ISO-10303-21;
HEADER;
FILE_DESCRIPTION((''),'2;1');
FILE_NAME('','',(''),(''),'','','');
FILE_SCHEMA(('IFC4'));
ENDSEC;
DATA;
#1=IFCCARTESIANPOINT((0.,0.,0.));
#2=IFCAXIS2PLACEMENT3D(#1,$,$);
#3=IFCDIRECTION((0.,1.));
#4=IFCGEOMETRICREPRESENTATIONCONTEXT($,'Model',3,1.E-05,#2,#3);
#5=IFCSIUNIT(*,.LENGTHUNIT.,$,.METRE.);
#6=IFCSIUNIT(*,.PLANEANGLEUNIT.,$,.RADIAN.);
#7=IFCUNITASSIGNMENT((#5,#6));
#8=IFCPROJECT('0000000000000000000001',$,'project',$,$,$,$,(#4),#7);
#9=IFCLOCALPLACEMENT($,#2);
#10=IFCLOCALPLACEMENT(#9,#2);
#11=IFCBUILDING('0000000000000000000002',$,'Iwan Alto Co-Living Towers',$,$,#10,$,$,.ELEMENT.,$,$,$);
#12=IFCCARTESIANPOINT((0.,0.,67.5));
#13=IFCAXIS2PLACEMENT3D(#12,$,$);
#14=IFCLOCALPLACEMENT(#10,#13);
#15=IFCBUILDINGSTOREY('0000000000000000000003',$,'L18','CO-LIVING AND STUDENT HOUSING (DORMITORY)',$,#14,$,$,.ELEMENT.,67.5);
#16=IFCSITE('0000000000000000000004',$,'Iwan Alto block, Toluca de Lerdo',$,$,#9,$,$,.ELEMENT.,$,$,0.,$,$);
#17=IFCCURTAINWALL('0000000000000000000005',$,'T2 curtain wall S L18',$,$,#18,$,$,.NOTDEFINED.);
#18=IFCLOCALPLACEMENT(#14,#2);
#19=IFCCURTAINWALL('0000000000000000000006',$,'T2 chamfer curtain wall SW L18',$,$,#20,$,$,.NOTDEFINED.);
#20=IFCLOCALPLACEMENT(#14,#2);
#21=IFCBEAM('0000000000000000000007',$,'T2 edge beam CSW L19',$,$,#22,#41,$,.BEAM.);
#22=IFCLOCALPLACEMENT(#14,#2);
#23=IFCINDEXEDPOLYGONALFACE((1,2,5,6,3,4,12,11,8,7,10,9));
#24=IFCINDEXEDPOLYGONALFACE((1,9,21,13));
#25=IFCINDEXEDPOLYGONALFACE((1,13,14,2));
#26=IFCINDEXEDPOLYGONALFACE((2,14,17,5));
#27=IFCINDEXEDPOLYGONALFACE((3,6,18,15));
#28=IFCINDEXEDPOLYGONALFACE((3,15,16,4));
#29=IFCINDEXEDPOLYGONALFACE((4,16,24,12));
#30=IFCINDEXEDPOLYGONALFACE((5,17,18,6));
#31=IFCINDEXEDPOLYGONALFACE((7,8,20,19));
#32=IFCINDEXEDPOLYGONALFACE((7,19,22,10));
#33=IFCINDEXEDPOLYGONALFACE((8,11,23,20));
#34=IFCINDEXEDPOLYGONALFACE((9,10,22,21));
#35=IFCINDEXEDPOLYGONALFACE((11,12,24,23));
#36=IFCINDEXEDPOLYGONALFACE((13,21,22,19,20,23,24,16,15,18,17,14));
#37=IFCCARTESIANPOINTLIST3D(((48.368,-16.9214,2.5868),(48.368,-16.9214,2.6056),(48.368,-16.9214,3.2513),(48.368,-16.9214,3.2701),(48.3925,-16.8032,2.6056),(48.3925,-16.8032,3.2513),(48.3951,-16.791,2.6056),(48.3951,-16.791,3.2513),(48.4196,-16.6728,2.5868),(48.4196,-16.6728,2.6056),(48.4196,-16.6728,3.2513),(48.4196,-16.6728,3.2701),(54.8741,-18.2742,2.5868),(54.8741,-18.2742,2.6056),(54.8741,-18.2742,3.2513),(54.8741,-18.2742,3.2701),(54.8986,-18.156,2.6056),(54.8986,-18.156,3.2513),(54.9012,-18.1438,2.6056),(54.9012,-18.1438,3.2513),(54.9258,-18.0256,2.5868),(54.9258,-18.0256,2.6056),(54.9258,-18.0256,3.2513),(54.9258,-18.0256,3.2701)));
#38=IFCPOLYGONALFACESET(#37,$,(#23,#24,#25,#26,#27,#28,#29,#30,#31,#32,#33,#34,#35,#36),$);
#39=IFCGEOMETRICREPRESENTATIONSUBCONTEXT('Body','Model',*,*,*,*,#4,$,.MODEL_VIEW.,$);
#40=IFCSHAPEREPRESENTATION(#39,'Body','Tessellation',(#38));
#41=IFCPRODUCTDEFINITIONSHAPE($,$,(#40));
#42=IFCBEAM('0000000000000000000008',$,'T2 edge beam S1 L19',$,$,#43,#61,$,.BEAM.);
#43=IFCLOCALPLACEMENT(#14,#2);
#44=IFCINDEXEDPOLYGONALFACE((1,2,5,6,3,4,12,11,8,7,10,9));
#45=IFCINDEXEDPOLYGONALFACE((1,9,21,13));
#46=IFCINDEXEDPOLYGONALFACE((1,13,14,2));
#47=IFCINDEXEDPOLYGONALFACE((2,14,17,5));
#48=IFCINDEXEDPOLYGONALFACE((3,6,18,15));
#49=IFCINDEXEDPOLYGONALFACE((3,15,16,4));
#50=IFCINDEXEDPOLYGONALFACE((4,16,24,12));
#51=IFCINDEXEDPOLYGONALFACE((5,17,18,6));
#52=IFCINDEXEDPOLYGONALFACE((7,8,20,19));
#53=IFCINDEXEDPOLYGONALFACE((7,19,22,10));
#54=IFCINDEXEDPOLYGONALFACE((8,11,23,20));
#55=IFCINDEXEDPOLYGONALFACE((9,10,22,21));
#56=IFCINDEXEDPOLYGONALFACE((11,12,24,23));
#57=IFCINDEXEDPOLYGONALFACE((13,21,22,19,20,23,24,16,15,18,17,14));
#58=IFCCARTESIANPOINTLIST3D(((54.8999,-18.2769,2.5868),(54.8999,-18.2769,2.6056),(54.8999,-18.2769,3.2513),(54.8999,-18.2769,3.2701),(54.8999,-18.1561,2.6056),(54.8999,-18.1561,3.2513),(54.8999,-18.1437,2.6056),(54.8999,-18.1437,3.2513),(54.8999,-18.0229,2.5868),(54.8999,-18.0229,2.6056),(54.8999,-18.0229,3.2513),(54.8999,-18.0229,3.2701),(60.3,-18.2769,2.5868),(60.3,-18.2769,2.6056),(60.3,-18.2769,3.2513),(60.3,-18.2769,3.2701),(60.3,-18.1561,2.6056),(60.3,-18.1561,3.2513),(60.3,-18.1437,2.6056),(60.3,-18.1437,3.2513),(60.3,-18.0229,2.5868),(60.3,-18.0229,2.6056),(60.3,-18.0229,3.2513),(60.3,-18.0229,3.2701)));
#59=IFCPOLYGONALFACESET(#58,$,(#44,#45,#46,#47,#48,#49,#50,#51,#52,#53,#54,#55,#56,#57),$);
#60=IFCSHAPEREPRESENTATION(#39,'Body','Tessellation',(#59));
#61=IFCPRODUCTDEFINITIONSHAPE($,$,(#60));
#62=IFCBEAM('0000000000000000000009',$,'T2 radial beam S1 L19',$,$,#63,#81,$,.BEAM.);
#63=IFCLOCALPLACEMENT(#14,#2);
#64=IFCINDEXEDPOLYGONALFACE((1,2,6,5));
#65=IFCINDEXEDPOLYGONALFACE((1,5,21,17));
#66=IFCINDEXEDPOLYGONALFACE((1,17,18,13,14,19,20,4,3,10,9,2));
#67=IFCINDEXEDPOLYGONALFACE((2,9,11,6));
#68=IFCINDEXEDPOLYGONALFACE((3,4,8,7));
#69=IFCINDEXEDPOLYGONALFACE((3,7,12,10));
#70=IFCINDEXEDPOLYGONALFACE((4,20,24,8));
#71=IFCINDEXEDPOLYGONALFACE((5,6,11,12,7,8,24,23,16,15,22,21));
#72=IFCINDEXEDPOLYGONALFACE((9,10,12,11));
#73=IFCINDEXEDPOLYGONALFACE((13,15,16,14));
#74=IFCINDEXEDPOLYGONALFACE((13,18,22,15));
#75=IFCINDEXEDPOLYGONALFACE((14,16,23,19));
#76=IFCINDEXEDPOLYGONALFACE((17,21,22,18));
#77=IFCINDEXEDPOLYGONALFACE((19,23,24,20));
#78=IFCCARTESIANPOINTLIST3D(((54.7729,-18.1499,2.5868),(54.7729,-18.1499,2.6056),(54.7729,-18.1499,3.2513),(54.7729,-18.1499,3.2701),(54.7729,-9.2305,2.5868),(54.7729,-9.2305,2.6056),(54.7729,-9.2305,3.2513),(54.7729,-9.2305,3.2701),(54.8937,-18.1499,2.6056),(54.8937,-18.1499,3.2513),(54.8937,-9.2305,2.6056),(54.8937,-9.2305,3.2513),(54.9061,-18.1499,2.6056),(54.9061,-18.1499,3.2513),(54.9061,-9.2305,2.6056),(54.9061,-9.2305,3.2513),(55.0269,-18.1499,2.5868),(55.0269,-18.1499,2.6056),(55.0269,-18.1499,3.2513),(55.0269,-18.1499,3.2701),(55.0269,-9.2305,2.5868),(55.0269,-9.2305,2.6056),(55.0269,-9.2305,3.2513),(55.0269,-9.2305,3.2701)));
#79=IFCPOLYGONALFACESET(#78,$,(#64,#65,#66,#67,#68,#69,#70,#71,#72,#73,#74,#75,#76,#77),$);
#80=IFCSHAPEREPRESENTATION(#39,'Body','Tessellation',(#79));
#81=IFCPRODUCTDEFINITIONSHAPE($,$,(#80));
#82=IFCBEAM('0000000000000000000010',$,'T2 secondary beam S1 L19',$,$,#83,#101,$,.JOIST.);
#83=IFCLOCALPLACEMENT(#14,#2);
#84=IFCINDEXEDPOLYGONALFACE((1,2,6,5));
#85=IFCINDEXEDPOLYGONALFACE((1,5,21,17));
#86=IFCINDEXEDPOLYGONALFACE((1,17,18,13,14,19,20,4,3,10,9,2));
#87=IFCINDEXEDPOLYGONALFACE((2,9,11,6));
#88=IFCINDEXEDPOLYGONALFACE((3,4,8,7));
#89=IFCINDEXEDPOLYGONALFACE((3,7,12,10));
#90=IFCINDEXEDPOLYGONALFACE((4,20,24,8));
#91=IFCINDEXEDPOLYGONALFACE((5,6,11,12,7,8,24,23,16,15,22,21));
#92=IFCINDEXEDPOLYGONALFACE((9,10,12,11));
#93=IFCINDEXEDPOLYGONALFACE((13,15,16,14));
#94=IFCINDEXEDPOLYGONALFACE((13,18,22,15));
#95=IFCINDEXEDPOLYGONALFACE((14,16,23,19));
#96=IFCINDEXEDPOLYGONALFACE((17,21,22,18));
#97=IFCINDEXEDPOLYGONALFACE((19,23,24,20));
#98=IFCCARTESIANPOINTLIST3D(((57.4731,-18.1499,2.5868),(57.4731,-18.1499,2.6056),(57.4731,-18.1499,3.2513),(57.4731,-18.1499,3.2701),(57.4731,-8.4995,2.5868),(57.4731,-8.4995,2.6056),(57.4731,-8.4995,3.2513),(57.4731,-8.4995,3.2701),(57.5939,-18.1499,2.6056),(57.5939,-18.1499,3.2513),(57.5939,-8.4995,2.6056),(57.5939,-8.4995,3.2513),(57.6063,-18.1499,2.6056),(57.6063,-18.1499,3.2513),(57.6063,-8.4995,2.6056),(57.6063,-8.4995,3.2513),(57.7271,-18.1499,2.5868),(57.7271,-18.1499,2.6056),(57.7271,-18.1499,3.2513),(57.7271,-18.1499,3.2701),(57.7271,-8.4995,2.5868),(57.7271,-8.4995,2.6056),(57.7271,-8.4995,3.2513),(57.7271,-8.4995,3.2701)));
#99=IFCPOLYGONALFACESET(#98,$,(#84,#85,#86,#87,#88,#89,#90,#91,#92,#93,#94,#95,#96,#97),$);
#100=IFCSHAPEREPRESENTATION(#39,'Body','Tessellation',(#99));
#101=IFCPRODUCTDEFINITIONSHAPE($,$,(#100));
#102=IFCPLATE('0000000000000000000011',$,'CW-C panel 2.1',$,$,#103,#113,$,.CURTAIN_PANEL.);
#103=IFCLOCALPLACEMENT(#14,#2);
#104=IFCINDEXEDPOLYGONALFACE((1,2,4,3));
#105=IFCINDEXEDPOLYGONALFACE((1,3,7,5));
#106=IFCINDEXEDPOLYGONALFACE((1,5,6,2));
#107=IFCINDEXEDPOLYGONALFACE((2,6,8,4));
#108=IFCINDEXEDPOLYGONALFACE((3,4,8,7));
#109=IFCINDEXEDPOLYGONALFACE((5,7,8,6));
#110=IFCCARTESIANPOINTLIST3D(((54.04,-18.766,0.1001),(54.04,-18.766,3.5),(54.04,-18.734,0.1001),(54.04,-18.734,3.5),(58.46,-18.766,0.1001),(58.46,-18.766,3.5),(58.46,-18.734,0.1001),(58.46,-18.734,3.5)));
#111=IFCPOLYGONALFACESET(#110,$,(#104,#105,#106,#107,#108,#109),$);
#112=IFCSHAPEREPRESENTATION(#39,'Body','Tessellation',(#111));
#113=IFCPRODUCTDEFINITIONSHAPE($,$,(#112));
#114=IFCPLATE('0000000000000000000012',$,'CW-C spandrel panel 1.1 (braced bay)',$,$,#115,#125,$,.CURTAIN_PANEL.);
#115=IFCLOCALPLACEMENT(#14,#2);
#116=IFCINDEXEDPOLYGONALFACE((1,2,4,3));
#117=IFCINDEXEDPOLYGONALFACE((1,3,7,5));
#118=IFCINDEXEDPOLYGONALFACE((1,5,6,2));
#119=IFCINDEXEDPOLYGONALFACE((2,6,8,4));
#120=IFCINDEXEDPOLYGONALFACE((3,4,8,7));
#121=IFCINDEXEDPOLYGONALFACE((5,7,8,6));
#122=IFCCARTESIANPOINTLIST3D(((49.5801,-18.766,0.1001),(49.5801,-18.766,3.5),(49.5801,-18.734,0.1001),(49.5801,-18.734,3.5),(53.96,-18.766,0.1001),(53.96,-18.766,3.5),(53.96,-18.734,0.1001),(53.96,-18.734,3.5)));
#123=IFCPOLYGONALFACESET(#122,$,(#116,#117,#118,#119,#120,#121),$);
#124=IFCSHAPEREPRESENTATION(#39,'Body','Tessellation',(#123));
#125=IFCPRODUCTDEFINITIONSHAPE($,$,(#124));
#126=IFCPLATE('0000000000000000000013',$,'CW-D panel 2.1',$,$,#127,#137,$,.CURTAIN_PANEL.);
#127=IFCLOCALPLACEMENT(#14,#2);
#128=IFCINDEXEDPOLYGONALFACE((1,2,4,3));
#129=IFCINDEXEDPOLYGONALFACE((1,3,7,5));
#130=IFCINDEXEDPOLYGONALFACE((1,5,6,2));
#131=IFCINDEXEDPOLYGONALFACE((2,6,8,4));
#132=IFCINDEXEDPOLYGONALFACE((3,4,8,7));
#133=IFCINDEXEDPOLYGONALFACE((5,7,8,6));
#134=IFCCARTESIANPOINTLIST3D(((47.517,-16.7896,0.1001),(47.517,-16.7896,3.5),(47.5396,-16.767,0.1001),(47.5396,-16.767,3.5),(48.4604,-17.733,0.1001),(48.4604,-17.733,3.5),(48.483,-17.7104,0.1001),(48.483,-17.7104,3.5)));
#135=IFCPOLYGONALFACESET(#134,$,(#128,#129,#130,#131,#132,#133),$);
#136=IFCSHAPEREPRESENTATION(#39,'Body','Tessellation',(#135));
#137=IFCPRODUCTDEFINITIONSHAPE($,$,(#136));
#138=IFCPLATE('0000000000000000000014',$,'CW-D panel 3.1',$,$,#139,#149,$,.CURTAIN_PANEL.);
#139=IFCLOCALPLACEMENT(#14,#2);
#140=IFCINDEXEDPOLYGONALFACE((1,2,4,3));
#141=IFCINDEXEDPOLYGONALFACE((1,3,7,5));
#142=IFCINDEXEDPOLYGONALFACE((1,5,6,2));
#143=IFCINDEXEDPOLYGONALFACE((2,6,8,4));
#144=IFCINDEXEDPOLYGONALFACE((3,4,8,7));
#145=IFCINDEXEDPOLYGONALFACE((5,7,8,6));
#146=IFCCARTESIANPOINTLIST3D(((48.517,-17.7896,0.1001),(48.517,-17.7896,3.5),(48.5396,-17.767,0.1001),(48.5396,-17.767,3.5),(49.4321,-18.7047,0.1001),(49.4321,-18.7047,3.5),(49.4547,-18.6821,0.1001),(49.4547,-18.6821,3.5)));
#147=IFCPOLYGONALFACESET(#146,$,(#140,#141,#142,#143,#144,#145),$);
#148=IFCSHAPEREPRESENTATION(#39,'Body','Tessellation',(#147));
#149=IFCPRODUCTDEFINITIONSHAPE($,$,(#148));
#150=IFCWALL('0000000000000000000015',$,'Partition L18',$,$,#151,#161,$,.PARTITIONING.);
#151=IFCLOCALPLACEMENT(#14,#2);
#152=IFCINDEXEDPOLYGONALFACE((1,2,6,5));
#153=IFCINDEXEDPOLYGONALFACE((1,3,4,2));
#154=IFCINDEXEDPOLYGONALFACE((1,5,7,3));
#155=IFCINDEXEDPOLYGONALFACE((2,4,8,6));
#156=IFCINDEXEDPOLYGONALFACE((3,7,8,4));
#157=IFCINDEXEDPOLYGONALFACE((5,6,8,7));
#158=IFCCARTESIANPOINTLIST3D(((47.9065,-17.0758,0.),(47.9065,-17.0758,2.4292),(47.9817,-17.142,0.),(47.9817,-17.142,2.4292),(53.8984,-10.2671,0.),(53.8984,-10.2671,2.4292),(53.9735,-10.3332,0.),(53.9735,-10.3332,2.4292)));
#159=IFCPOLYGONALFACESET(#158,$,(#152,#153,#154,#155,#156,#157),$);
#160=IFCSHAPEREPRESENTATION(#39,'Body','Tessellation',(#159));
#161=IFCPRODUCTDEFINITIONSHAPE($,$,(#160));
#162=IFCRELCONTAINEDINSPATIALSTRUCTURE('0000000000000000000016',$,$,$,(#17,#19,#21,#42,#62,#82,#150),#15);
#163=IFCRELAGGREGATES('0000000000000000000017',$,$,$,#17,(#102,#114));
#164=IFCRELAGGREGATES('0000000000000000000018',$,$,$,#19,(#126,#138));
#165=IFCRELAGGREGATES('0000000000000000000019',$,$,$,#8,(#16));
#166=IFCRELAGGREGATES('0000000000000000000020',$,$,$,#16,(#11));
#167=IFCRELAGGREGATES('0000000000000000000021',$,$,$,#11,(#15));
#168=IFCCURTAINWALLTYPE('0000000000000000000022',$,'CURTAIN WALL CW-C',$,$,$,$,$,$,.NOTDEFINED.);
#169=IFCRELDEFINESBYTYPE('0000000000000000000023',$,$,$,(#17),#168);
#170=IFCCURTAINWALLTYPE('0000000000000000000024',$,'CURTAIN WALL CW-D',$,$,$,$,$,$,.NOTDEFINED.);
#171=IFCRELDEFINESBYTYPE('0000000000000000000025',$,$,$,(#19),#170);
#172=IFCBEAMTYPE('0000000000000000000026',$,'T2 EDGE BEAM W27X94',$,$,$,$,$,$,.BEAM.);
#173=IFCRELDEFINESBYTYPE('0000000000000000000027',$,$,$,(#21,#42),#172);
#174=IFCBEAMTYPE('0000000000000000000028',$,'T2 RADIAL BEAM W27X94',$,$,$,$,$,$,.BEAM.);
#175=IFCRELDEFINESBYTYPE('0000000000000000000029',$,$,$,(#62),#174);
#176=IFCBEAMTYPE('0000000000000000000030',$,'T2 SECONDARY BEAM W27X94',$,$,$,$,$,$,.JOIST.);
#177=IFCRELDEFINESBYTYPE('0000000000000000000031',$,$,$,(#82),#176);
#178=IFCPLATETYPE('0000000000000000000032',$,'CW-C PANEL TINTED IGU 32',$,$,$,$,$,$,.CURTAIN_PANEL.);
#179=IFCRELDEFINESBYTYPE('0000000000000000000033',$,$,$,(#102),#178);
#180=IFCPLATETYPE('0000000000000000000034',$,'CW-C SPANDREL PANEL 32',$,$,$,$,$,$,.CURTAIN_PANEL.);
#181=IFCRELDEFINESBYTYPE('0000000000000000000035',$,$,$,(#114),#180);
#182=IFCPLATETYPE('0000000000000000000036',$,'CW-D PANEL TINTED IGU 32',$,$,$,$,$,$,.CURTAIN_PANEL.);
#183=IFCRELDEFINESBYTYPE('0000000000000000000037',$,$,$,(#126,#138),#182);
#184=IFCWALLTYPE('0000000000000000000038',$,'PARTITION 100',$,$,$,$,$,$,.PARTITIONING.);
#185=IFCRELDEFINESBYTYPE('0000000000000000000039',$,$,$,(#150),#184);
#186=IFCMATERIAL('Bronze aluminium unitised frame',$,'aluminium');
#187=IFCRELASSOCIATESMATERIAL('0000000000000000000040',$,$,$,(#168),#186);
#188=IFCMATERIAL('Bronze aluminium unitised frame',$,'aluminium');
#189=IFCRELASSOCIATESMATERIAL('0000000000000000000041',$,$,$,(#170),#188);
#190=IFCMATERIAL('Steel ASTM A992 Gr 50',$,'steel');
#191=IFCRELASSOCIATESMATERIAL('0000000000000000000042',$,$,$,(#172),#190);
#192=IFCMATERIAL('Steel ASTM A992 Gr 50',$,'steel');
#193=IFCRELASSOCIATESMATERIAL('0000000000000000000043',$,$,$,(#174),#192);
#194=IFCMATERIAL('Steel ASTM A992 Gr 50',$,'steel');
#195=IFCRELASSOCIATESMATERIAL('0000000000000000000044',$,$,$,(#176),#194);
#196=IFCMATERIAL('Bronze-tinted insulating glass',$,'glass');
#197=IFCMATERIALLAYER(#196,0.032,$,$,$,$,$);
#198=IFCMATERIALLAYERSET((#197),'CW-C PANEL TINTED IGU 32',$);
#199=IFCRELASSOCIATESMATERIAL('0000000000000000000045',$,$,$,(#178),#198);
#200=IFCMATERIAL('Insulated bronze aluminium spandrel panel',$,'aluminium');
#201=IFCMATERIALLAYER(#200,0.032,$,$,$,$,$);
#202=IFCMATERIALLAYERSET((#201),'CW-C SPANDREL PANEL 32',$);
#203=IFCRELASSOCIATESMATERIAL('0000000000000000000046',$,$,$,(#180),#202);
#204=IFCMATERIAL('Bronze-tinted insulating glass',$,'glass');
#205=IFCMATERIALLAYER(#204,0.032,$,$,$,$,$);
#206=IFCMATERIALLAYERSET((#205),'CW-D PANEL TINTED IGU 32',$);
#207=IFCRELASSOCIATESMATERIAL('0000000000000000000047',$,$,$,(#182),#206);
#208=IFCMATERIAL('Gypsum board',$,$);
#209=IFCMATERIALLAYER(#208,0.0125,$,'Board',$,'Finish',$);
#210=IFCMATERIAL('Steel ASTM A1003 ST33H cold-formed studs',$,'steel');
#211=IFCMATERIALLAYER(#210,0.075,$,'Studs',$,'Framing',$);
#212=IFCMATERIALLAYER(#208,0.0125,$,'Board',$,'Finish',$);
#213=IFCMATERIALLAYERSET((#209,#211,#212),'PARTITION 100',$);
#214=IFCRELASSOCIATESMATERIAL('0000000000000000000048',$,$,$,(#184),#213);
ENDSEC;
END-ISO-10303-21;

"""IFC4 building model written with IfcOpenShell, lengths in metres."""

from ifc_helpers import new_model, si_unit, direction, frame, frame_2d, origin, origin_2d, place, context, subcontext, project, spatial, rectangle, i_section, extrude, material, layer, layer_set, material_profile, profile_set, type_object, element, aggregate, save


model = new_model("IFC4")

# Units and contexts
model_context = context("Model", 3, precision=1e-05, world=origin(), true_north=direction((0.0, 1.0)))
body_context = subcontext(model_context, "Body", "Model", "MODEL_VIEW")
ifc_project = project(units=[si_unit("LENGTHUNIT", "METRE"), si_unit("PLANEANGLEUNIT", "RADIAN")], contexts=[model_context])

# Site, building, storey
site_placement = place(None, origin())
site = spatial("IfcSite", under=ifc_project, at=site_placement, Name="Iwan Alto block, Toluca de Lerdo", CompositionType="ELEMENT", RefElevation=0.0)
building_placement = place(site_placement, origin())
building = spatial("IfcBuilding", under=site, at=building_placement, Name="Iwan Alto Co-Living Towers", CompositionType="ELEMENT")
storey_placement = place(building_placement, frame((0.0, 0.0, 67.5)))
storey = spatial("IfcBuildingStorey", under=building, at=storey_placement, Name="L18", Description="CO-LIVING AND STUDENT HOUSING (DORMITORY)", CompositionType="ELEMENT", Elevation=67.5)

# Curtain walls
ifc_material_1 = material(Name="Bronze aluminium unitised frame", Category="aluminium")
curtain_wall_type_1 = type_object("IfcCurtainWallType", Name="CURTAIN WALL CW-C", PredefinedType="NOTDEFINED", material=ifc_material_1)
curtain_wall_1_placement = place(storey_placement, origin())
curtain_wall_1 = element("IfcCurtainWall", 1, at=curtain_wall_1_placement, inside=storey, type_object=curtain_wall_type_1, Name="T2 curtain wall S L18", PredefinedType="NOTDEFINED")
ifc_material_2 = material(Name="Bronze aluminium unitised frame", Category="aluminium")
curtain_wall_type_2 = type_object("IfcCurtainWallType", Name="CURTAIN WALL CW-D", PredefinedType="NOTDEFINED", material=ifc_material_2)
curtain_wall_2_placement = place(storey_placement, origin())
curtain_wall_2 = element("IfcCurtainWall", 2, at=curtain_wall_2_placement, inside=storey, type_object=curtain_wall_type_2, Name="T2 chamfer curtain wall SW L18", PredefinedType="NOTDEFINED")

# Beams
ifc_material_3 = material(Name="Steel ASTM A992 Gr 50", Category="steel")
ifc_material_profile_1 = material_profile(ifc_material_3, i_section(OverallWidth=0.2539, OverallDepth=0.6833, WebThickness=0.0125, FlangeThickness=0.0188, at=origin_2d()), Name="W27X94")
ifc_profile_set_1 = profile_set([ifc_material_profile_1], Name="Steel ASTM A992 Gr 50")
beam_type_1 = type_object("IfcBeamType", Name="T2 EDGE BEAM W27X94", PredefinedType="BEAM", material=ifc_profile_set_1)
beam_1_placement = place(storey_placement, frame((48.3938, -16.7971, 2.9285), z_axis=(0.97906, -0.203571, 0.0), x_axis=(0.203571, 0.97906, 0.0)))
element("IfcBeam", 3, at=beam_1_placement, inside=storey, type_object=beam_type_1, Name="T2 edge beam CSW L19", PredefinedType="BEAM", context=body_context, shape_type="SweptSolid", body=[
    extrude(i_section(OverallWidth=0.2539, OverallDepth=0.6833, WebThickness=0.0125, FlangeThickness=0.0188, at=origin_2d()), origin(), (0.0, 0.0, 1.0), 6.6453),
])
beam_2_placement = place(storey_placement, frame((54.8999, -18.1499, 2.9285), z_axis=(1.0, 0.0, 0.0), x_axis=(0.0, 1.0, 0.0)))
element("IfcBeam", 4, at=beam_2_placement, inside=storey, type_object=beam_type_1, Name="T2 edge beam S1 L19", PredefinedType="BEAM", context=body_context, shape_type="SweptSolid", body=[
    extrude(i_section(OverallWidth=0.2539, OverallDepth=0.6833, WebThickness=0.0125, FlangeThickness=0.0188, at=origin_2d()), origin(), (0.0, 0.0, 1.0), 5.4001),
])
ifc_material_4 = material(Name="Steel ASTM A992 Gr 50", Category="steel")
ifc_material_profile_2 = material_profile(ifc_material_4, i_section(OverallWidth=0.2539, OverallDepth=0.6833, WebThickness=0.0125, FlangeThickness=0.0188, at=origin_2d()), Name="W27X94")
ifc_profile_set_2 = profile_set([ifc_material_profile_2], Name="Steel ASTM A992 Gr 50")
beam_type_2 = type_object("IfcBeamType", Name="T2 RADIAL BEAM W27X94", PredefinedType="BEAM", material=ifc_profile_set_2)
beam_3_placement = place(storey_placement, frame((54.8999, -18.1499, 2.9285), z_axis=(0.0, 1.0, 0.0), x_axis=(-1.0, 0.0, 0.0)))
element("IfcBeam", 5, at=beam_3_placement, inside=storey, type_object=beam_type_2, Name="T2 radial beam S1 L19", PredefinedType="BEAM", context=body_context, shape_type="SweptSolid", body=[
    extrude(i_section(OverallWidth=0.2539, OverallDepth=0.6833, WebThickness=0.0125, FlangeThickness=0.0188, at=origin_2d()), origin(), (0.0, 0.0, 1.0), 8.9194),
])
ifc_material_5 = material(Name="Steel ASTM A992 Gr 50", Category="steel")
ifc_material_profile_3 = material_profile(ifc_material_5, i_section(OverallWidth=0.2539, OverallDepth=0.6833, WebThickness=0.0125, FlangeThickness=0.0188, at=origin_2d()), Name="W27X94")
ifc_profile_set_3 = profile_set([ifc_material_profile_3], Name="Steel ASTM A992 Gr 50")
beam_type_3 = type_object("IfcBeamType", Name="T2 SECONDARY BEAM W27X94", PredefinedType="JOIST", material=ifc_profile_set_3)
beam_4_placement = place(storey_placement, frame((57.6001, -18.1499, 2.9285), z_axis=(0.0, 1.0, 0.0), x_axis=(-1.0, 0.0, 0.0)))
element("IfcBeam", 6, at=beam_4_placement, inside=storey, type_object=beam_type_3, Name="T2 secondary beam S1 L19", PredefinedType="JOIST", context=body_context, shape_type="SweptSolid", body=[
    extrude(i_section(OverallWidth=0.2539, OverallDepth=0.6833, WebThickness=0.0125, FlangeThickness=0.0188, at=origin_2d()), origin(), (0.0, 0.0, 1.0), 9.6504),
])

# Plates
ifc_material_6 = material(Name="Bronze-tinted insulating glass", Category="glass")
ifc_layer_1 = layer(ifc_material_6, 0.032)
ifc_layer_set_1 = layer_set([ifc_layer_1], Name="CW-C PANEL TINTED IGU 32")
plate_type_1 = type_object("IfcPlateType", Name="CW-C PANEL TINTED IGU 32", PredefinedType="CURTAIN_PANEL", material=ifc_layer_set_1)
plate_1_placement = place(storey_placement, frame((56.25, -18.75, 0.1001), z_axis=(0.0, 0.0, 1.0), x_axis=(1.0, 0.0, 0.0)))
plate_1 = element("IfcPlate", 7, at=plate_1_placement, type_object=plate_type_1, Name="CW-C panel 2.1", PredefinedType="CURTAIN_PANEL", context=body_context, shape_type="SweptSolid", body=[
    extrude(rectangle(XDim=4.4199, YDim=0.032, at=origin_2d()), origin(), (0.0, 0.0, 1.0), 3.3999),
])
ifc_material_7 = material(Name="Insulated bronze aluminium spandrel panel", Category="aluminium")
ifc_layer_2 = layer(ifc_material_7, 0.032)
ifc_layer_set_2 = layer_set([ifc_layer_2], Name="CW-C SPANDREL PANEL 32")
plate_type_2 = type_object("IfcPlateType", Name="CW-C SPANDREL PANEL 32", PredefinedType="CURTAIN_PANEL", material=ifc_layer_set_2)
plate_2_placement = place(storey_placement, frame((51.77, -18.75, 0.1001), z_axis=(0.0, 0.0, 1.0), x_axis=(1.0, 0.0, 0.0)))
plate_2 = element("IfcPlate", 8, at=plate_2_placement, type_object=plate_type_2, Name="CW-C spandrel panel 1.1 (braced bay)", PredefinedType="CURTAIN_PANEL", context=body_context, shape_type="SweptSolid", body=[
    extrude(rectangle(XDim=4.3799, YDim=0.032, at=origin_2d()), origin(), (0.0, 0.0, 1.0), 3.3999),
])
aggregate(curtain_wall_1, [plate_1, plate_2])
ifc_material_8 = material(Name="Bronze-tinted insulating glass", Category="glass")
ifc_layer_3 = layer(ifc_material_8, 0.032)
ifc_layer_set_3 = layer_set([ifc_layer_3], Name="CW-D PANEL TINTED IGU 32")
plate_type_3 = type_object("IfcPlateType", Name="CW-D PANEL TINTED IGU 32", PredefinedType="CURTAIN_PANEL", material=ifc_layer_set_3)
plate_3_placement = place(storey_placement, frame((48.0, -17.25, 0.1001), z_axis=(0.0, 0.0, 1.0), x_axis=(0.707107, -0.707107, 0.0)))
plate_3 = element("IfcPlate", 9, at=plate_3_placement, type_object=plate_type_3, Name="CW-D panel 2.1", PredefinedType="CURTAIN_PANEL", context=body_context, shape_type="SweptSolid", body=[
    extrude(rectangle(XDim=1.3342, YDim=0.032, at=origin_2d()), origin(), (0.0, 0.0, 1.0), 3.3999),
])
plate_4_placement = place(storey_placement, frame((48.9858, -18.2358, 0.1001), z_axis=(0.0, 0.0, 1.0), x_axis=(0.707107, -0.707107, 0.0)))
plate_4 = element("IfcPlate", 10, at=plate_4_placement, type_object=plate_type_3, Name="CW-D panel 3.1", PredefinedType="CURTAIN_PANEL", context=body_context, shape_type="SweptSolid", body=[
    extrude(rectangle(XDim=1.2942, YDim=0.032, at=origin_2d()), origin(), (0.0, 0.0, 1.0), 3.3999),
])
aggregate(curtain_wall_2, [plate_3, plate_4])

# Wall
ifc_material_9 = material(Name="Gypsum board")
ifc_layer_4 = layer(ifc_material_9, 0.0125, Name="Board", Category="Finish")
ifc_material_10 = material(Name="Steel ASTM A1003 ST33H cold-formed studs", Category="steel")
ifc_layer_5 = layer(ifc_material_10, 0.075, Name="Studs", Category="Framing")
ifc_layer_6 = layer(ifc_material_9, 0.0125, Name="Board", Category="Finish")
ifc_layer_set_4 = layer_set([ifc_layer_4, ifc_layer_5, ifc_layer_6], Name="PARTITION 100")
wall_type = type_object("IfcWallType", Name="PARTITION 100", PredefinedType="PARTITIONING", material=ifc_layer_set_4)
wall_1_placement = place(storey_placement, frame((47.9441, -17.1089, 0.0), z_axis=(0.0, 0.0, 1.0), x_axis=(0.660638, 0.750704, 0.0)))
element("IfcWall", 11, at=wall_1_placement, inside=storey, type_object=wall_type, Name="Partition L18", PredefinedType="PARTITIONING", context=body_context, shape_type="SweptSolid", body=[
    extrude(rectangle(XDim=9.0698, YDim=0.1001, at=frame_2d((4.5349, 0.0))), origin(), (0.0, 0.0, 1.0), 2.4292),
])

save(model, "model.ifc")
